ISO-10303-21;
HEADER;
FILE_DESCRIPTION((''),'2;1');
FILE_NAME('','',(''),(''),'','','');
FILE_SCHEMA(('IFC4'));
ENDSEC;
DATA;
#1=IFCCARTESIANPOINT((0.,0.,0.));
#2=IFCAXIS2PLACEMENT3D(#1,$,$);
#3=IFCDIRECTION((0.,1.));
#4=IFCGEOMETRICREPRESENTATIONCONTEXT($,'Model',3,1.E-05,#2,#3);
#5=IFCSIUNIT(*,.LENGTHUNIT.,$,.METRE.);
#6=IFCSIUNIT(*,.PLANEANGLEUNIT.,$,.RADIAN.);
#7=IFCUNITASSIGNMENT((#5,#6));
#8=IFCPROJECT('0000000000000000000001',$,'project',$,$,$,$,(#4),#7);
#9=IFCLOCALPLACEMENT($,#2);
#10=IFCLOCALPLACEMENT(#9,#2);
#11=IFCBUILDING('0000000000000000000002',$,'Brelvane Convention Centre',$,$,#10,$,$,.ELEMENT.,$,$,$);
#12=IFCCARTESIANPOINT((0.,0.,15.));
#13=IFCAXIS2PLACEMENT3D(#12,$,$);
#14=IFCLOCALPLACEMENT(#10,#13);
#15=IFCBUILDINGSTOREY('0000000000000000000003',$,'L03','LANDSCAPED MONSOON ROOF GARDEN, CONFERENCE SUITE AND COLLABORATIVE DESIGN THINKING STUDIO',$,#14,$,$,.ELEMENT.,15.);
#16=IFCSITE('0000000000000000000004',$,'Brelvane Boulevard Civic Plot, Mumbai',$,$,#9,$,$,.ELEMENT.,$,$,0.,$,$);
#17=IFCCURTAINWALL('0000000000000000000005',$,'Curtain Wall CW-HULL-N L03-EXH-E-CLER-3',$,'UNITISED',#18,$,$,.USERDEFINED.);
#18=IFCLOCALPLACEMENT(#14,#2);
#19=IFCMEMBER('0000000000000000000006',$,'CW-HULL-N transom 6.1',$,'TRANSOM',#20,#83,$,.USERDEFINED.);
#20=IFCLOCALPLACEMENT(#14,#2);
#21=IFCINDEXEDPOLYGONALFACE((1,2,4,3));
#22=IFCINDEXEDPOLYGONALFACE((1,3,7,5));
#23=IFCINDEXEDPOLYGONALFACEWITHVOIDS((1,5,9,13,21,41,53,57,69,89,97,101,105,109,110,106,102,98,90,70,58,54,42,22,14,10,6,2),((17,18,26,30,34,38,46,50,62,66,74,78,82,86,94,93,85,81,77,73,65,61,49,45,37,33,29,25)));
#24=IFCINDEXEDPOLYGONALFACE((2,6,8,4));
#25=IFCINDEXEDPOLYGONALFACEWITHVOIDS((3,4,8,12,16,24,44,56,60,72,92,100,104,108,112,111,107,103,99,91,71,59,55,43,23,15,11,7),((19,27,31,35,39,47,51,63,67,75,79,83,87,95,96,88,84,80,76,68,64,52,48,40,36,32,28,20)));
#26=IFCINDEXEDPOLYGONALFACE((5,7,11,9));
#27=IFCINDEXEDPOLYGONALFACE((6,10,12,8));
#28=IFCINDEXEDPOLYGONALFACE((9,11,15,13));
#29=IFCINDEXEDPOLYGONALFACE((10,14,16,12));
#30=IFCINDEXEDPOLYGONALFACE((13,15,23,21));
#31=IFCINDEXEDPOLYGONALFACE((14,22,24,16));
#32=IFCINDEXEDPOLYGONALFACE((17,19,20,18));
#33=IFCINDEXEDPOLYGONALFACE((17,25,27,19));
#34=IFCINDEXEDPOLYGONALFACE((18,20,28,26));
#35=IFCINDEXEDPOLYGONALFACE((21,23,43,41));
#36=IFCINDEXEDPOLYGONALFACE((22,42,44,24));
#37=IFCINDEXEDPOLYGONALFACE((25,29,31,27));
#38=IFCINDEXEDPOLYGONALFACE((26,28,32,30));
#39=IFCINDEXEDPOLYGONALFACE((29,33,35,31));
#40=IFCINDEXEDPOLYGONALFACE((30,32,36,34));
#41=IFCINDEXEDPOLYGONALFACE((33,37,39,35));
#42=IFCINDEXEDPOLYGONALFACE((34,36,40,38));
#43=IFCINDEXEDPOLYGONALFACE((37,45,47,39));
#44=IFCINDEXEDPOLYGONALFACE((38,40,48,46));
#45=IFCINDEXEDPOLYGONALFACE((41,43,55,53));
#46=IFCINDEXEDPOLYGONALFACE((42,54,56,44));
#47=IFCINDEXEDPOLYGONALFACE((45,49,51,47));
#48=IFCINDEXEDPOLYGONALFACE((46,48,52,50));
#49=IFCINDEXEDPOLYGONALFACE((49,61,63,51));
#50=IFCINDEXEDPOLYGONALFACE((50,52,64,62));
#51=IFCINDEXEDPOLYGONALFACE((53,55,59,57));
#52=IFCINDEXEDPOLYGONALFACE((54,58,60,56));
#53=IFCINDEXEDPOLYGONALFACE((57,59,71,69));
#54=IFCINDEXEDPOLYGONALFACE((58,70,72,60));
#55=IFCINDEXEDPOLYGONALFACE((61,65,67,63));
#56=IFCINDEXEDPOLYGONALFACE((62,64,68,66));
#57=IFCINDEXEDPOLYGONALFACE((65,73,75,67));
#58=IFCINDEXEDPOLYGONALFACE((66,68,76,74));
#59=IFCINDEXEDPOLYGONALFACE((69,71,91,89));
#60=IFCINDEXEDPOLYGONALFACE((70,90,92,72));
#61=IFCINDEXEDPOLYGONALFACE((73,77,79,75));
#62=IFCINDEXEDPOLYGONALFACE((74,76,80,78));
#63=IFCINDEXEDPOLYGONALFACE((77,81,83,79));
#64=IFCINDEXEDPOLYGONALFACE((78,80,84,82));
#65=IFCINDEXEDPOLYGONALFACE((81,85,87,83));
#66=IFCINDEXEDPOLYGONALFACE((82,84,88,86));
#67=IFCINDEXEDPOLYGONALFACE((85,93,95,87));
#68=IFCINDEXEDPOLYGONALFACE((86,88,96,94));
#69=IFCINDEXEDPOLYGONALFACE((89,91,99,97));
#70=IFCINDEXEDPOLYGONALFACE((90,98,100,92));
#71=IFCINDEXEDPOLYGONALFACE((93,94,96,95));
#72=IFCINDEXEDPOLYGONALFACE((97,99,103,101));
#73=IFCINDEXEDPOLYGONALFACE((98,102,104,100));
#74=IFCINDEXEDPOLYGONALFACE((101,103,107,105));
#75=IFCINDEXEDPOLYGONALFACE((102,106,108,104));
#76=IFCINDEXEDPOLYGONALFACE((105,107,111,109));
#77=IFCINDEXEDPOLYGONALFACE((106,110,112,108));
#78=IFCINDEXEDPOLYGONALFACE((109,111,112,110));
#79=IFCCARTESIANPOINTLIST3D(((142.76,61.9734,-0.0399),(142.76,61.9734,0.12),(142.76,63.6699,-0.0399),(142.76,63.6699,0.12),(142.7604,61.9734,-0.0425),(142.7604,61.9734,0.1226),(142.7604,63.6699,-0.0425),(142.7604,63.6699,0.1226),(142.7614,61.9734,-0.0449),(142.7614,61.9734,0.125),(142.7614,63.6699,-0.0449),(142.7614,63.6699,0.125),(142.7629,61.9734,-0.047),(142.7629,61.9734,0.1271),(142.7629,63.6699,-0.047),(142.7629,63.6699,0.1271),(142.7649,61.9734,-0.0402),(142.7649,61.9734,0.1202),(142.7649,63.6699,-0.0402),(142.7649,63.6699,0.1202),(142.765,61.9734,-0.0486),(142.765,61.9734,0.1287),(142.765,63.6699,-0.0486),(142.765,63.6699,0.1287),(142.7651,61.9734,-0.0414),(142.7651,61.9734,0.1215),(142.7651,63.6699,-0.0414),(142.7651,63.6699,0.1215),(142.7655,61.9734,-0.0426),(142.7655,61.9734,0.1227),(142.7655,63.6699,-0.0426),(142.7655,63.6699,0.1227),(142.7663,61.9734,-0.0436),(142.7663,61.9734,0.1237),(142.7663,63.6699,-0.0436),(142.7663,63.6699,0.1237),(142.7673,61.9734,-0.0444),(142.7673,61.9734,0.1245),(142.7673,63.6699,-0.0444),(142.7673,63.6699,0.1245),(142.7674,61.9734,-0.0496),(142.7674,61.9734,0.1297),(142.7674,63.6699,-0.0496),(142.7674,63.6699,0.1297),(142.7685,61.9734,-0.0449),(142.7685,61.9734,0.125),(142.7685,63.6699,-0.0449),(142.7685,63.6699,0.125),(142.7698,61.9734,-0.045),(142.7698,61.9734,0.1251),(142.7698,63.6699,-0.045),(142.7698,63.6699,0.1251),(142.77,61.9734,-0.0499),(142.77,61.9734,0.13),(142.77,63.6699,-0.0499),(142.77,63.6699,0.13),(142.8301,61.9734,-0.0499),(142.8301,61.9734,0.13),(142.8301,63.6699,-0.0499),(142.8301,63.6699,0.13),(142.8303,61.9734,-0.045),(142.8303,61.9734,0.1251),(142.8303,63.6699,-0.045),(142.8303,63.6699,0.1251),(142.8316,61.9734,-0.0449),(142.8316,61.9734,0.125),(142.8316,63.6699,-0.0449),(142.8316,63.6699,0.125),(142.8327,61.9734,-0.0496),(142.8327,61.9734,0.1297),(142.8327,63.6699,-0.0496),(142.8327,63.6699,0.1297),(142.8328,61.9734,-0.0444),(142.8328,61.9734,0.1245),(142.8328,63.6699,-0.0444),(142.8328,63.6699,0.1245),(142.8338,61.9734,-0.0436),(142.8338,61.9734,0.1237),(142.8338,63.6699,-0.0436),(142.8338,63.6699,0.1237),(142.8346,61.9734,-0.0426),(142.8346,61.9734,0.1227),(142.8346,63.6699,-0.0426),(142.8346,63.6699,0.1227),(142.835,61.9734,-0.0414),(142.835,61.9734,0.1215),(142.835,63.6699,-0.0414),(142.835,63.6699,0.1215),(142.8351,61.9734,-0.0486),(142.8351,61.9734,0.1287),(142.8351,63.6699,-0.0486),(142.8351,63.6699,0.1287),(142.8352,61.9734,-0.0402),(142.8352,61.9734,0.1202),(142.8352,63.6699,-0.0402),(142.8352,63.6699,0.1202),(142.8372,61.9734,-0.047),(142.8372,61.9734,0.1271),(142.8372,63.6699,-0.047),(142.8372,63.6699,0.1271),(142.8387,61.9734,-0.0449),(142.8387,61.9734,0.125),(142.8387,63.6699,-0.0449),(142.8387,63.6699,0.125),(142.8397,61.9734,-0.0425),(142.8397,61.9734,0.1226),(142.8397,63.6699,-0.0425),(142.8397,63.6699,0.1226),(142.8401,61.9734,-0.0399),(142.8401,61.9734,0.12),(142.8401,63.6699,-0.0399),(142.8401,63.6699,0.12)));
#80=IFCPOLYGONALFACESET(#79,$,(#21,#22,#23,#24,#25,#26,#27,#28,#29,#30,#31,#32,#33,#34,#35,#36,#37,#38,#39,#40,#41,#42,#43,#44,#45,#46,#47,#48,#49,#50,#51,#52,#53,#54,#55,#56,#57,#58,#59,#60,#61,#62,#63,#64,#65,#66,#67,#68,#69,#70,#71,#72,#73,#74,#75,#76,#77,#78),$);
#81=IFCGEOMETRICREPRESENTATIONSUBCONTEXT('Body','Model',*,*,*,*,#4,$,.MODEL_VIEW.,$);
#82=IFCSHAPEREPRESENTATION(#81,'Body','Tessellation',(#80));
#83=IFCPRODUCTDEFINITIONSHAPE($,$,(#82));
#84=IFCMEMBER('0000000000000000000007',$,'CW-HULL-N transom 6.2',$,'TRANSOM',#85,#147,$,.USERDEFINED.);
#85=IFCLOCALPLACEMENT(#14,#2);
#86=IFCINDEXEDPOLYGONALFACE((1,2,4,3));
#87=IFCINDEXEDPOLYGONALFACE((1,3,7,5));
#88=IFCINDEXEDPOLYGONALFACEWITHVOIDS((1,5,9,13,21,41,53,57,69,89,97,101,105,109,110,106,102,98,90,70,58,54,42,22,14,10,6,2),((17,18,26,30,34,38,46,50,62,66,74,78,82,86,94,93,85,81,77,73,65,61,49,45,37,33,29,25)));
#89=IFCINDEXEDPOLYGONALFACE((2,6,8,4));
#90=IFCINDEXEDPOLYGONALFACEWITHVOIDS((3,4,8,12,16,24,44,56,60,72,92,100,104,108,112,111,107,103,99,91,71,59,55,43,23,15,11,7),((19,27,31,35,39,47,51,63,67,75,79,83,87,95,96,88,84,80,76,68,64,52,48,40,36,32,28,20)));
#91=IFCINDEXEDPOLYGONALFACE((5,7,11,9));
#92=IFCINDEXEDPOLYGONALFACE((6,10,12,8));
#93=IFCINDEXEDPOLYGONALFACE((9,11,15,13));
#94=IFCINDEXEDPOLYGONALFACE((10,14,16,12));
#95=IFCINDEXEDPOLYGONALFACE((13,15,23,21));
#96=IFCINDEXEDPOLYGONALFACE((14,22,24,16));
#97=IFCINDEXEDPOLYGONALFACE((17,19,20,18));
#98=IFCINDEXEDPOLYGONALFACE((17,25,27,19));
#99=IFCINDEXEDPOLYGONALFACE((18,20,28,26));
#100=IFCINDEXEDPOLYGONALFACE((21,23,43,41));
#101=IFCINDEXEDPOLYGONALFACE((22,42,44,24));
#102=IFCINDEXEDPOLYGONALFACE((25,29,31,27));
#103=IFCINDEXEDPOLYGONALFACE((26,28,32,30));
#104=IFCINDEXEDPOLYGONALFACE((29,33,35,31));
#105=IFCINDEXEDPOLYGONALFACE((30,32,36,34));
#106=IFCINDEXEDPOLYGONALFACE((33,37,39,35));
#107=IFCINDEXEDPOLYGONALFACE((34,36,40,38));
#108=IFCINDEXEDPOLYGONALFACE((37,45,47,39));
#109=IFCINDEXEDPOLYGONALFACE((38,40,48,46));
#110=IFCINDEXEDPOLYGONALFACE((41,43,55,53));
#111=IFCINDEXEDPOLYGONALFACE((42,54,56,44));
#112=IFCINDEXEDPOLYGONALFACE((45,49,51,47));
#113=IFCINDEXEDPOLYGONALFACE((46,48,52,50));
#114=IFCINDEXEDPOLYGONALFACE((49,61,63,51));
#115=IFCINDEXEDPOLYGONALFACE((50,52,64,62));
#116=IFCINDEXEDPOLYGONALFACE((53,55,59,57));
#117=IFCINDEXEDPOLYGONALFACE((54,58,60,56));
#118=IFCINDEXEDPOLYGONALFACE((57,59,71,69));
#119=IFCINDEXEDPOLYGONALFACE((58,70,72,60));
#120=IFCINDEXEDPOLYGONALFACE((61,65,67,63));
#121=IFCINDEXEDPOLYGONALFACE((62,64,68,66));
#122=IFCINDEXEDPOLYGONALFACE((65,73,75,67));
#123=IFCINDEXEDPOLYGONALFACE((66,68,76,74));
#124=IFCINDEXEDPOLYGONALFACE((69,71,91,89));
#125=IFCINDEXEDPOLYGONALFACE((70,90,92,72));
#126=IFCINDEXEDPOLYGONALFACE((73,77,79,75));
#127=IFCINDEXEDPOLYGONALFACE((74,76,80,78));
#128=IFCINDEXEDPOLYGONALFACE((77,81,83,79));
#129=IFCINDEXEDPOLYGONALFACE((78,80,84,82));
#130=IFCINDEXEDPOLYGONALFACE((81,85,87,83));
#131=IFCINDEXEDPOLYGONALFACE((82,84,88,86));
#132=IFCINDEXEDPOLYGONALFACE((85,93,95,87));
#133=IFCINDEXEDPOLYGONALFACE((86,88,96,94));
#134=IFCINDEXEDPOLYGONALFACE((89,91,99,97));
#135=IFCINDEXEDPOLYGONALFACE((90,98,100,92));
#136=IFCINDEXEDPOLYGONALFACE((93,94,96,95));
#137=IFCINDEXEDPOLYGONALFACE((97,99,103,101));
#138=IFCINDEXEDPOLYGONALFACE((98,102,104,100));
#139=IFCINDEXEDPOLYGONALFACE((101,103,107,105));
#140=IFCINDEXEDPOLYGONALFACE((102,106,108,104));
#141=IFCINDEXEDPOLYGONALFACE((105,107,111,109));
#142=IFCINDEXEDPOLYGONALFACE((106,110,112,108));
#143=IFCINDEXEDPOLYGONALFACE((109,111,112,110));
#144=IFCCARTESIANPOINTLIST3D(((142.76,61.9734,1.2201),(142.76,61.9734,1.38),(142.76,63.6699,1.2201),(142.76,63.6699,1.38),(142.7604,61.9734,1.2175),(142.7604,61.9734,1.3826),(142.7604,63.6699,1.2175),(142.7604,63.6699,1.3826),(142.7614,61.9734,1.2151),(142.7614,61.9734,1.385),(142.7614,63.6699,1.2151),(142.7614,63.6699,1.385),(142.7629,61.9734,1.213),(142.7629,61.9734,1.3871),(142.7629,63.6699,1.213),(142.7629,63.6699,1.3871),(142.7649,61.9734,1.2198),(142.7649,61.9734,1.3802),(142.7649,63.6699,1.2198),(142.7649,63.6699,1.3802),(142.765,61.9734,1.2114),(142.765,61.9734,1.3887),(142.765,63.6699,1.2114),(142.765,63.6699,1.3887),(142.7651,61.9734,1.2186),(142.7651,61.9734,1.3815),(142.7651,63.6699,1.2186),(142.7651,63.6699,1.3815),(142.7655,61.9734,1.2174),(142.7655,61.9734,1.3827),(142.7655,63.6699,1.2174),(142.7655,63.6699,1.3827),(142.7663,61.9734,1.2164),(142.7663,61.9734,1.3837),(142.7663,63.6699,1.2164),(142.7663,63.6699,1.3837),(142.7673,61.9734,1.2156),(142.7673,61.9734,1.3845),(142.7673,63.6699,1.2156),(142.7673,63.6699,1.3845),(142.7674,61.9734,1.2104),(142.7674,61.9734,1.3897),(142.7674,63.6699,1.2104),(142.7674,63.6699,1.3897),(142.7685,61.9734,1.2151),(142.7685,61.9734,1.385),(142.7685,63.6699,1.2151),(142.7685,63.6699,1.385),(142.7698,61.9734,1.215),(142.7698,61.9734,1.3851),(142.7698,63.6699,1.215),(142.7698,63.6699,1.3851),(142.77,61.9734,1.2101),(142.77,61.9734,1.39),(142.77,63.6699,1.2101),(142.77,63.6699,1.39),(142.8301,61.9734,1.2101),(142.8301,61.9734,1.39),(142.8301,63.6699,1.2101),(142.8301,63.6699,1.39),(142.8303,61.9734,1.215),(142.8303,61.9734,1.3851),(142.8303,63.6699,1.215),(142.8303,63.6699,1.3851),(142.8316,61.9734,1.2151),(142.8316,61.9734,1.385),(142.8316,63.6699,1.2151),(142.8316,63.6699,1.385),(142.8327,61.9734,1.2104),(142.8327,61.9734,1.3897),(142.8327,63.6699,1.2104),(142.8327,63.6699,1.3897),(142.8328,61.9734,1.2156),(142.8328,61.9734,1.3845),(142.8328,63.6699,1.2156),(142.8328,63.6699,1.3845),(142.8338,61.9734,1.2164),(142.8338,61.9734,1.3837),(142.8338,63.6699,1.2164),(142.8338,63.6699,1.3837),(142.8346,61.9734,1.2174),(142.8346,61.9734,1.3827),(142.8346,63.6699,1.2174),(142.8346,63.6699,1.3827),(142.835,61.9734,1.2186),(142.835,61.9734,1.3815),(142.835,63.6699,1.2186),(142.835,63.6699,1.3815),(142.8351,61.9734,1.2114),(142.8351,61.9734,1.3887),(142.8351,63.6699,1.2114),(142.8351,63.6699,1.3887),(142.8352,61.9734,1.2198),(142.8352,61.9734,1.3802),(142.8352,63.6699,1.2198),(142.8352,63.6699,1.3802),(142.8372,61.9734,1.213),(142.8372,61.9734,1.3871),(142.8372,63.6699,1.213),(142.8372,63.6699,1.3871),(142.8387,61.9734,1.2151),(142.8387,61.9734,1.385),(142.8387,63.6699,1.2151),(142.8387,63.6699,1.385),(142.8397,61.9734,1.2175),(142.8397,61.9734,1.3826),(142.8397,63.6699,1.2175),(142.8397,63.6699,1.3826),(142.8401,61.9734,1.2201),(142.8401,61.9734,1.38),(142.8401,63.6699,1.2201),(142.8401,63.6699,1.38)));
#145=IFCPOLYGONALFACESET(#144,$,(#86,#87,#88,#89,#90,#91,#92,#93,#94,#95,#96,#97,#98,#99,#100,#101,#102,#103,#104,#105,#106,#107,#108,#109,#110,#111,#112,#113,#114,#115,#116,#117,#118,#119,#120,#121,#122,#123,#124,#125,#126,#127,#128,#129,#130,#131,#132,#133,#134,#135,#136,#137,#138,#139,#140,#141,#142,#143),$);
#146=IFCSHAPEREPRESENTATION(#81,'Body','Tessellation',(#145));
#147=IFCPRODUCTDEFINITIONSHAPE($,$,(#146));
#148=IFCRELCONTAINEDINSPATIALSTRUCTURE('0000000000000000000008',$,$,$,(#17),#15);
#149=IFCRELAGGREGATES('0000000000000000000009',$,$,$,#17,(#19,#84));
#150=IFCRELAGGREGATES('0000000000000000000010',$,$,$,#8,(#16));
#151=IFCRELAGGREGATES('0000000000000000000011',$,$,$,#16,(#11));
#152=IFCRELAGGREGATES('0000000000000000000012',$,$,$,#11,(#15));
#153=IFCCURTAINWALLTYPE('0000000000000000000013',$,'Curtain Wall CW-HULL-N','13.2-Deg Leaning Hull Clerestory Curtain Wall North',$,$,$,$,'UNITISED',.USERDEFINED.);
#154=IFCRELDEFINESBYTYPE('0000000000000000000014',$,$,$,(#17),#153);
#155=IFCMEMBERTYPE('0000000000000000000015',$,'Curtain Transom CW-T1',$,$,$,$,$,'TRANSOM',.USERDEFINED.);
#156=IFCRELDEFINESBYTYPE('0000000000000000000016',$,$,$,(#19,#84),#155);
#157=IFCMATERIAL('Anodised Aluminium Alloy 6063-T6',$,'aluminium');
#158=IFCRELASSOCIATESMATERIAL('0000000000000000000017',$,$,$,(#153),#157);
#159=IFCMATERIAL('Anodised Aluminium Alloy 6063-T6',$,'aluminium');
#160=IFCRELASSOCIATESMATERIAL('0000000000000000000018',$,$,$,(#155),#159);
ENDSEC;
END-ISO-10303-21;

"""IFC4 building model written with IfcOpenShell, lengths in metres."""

from ifc_helpers import new_model, si_unit, direction, frame, origin, origin_2d, place, context, subcontext, project, spatial, hollow_rectangle, extrude, material, material_profile, profile_set, type_object, element, aggregate, save


model = new_model("IFC4")

# Units and contexts
model_context = context("Model", 3, precision=1e-05, world=origin(), true_north=direction((0.0, 1.0)))
body_context = subcontext(model_context, "Body", "Model", "MODEL_VIEW")
ifc_project = project(units=[si_unit("LENGTHUNIT", "METRE"), si_unit("PLANEANGLEUNIT", "RADIAN")], contexts=[model_context])

# Site, building, storey
site_placement = place(None, origin())
site = spatial("IfcSite", under=ifc_project, at=site_placement, Name="Brelvane Boulevard Civic Plot, Mumbai", CompositionType="ELEMENT", RefElevation=0.0)
building_placement = place(site_placement, origin())
building = spatial("IfcBuilding", under=site, at=building_placement, Name="Brelvane Convention Centre", CompositionType="ELEMENT")
storey_placement = place(building_placement, frame((0.0, 0.0, 15.0)))
storey = spatial("IfcBuildingStorey", under=building, at=storey_placement, Name="L03", Description="LANDSCAPED MONSOON ROOF GARDEN, CONFERENCE SUITE AND COLLABORATIVE DESIGN THINKING STUDIO", CompositionType="ELEMENT", Elevation=15.0)

# Curtain wall
ifc_material_1 = material(Name="Anodised Aluminium Alloy 6063-T6", Category="aluminium")
curtain_wall_type = type_object("IfcCurtainWallType", Name="Curtain Wall CW-HULL-N", Description="13.2-Deg Leaning Hull Clerestory Curtain Wall North", ElementType="UNITISED", PredefinedType="USERDEFINED", material=ifc_material_1)
curtain_wall_1_placement = place(storey_placement, origin())
curtain_wall_1 = element("IfcCurtainWall", 1, at=curtain_wall_1_placement, inside=storey, type_object=curtain_wall_type, Name="Curtain Wall CW-HULL-N L03-EXH-E-CLER-3", ObjectType="UNITISED", PredefinedType="USERDEFINED")

# Members
ifc_material_2 = material(Name="Anodised Aluminium Alloy 6063-T6", Category="aluminium")
ifc_material_profile_1 = material_profile(ifc_material_2, hollow_rectangle(XDim=0.0801, YDim=0.1799, WallThickness=0.0049, InnerFilletRadius=0.0049, OuterFilletRadius=0.01, at=origin_2d()), Name="ALU-T 180x80x5.0")
ifc_profile_set_1 = profile_set([ifc_material_profile_1], Name="Anodised Aluminium Alloy 6063-T6")
member_type_1 = type_object("IfcMemberType", Name="Curtain Transom CW-T1", ElementType="TRANSOM", PredefinedType="USERDEFINED", material=ifc_profile_set_1)
member_1_placement = place(storey_placement, frame((142.8, 61.9734, 0.04), z_axis=(0.0, 1.0, 0.0), x_axis=(-1.0, 0.0, 0.0)))
member_1 = element("IfcMember", 2, at=member_1_placement, type_object=member_type_1, Name="CW-HULL-N transom 6.1", ObjectType="TRANSOM", PredefinedType="USERDEFINED", context=body_context, shape_type="SweptSolid", body=[
    extrude(hollow_rectangle(XDim=0.0801, YDim=0.1799, WallThickness=0.0049, InnerFilletRadius=0.0049, OuterFilletRadius=0.01, at=origin_2d()), origin(), (0.0, 0.0, 1.0), 1.6965),
])
member_2_placement = place(storey_placement, frame((142.8, 61.9734, 1.3), z_axis=(0.0, 1.0, 0.0), x_axis=(-1.0, 0.0, 0.0)))
member_2 = element("IfcMember", 3, at=member_2_placement, type_object=member_type_1, Name="CW-HULL-N transom 6.2", ObjectType="TRANSOM", PredefinedType="USERDEFINED", context=body_context, shape_type="SweptSolid", body=[
    extrude(hollow_rectangle(XDim=0.0801, YDim=0.1799, WallThickness=0.0049, InnerFilletRadius=0.0049, OuterFilletRadius=0.01, at=origin_2d()), origin(), (0.0, 0.0, 1.0), 1.6965),
])

aggregate(curtain_wall_1, [member_1, member_2])

save(model, "model.ifc")
